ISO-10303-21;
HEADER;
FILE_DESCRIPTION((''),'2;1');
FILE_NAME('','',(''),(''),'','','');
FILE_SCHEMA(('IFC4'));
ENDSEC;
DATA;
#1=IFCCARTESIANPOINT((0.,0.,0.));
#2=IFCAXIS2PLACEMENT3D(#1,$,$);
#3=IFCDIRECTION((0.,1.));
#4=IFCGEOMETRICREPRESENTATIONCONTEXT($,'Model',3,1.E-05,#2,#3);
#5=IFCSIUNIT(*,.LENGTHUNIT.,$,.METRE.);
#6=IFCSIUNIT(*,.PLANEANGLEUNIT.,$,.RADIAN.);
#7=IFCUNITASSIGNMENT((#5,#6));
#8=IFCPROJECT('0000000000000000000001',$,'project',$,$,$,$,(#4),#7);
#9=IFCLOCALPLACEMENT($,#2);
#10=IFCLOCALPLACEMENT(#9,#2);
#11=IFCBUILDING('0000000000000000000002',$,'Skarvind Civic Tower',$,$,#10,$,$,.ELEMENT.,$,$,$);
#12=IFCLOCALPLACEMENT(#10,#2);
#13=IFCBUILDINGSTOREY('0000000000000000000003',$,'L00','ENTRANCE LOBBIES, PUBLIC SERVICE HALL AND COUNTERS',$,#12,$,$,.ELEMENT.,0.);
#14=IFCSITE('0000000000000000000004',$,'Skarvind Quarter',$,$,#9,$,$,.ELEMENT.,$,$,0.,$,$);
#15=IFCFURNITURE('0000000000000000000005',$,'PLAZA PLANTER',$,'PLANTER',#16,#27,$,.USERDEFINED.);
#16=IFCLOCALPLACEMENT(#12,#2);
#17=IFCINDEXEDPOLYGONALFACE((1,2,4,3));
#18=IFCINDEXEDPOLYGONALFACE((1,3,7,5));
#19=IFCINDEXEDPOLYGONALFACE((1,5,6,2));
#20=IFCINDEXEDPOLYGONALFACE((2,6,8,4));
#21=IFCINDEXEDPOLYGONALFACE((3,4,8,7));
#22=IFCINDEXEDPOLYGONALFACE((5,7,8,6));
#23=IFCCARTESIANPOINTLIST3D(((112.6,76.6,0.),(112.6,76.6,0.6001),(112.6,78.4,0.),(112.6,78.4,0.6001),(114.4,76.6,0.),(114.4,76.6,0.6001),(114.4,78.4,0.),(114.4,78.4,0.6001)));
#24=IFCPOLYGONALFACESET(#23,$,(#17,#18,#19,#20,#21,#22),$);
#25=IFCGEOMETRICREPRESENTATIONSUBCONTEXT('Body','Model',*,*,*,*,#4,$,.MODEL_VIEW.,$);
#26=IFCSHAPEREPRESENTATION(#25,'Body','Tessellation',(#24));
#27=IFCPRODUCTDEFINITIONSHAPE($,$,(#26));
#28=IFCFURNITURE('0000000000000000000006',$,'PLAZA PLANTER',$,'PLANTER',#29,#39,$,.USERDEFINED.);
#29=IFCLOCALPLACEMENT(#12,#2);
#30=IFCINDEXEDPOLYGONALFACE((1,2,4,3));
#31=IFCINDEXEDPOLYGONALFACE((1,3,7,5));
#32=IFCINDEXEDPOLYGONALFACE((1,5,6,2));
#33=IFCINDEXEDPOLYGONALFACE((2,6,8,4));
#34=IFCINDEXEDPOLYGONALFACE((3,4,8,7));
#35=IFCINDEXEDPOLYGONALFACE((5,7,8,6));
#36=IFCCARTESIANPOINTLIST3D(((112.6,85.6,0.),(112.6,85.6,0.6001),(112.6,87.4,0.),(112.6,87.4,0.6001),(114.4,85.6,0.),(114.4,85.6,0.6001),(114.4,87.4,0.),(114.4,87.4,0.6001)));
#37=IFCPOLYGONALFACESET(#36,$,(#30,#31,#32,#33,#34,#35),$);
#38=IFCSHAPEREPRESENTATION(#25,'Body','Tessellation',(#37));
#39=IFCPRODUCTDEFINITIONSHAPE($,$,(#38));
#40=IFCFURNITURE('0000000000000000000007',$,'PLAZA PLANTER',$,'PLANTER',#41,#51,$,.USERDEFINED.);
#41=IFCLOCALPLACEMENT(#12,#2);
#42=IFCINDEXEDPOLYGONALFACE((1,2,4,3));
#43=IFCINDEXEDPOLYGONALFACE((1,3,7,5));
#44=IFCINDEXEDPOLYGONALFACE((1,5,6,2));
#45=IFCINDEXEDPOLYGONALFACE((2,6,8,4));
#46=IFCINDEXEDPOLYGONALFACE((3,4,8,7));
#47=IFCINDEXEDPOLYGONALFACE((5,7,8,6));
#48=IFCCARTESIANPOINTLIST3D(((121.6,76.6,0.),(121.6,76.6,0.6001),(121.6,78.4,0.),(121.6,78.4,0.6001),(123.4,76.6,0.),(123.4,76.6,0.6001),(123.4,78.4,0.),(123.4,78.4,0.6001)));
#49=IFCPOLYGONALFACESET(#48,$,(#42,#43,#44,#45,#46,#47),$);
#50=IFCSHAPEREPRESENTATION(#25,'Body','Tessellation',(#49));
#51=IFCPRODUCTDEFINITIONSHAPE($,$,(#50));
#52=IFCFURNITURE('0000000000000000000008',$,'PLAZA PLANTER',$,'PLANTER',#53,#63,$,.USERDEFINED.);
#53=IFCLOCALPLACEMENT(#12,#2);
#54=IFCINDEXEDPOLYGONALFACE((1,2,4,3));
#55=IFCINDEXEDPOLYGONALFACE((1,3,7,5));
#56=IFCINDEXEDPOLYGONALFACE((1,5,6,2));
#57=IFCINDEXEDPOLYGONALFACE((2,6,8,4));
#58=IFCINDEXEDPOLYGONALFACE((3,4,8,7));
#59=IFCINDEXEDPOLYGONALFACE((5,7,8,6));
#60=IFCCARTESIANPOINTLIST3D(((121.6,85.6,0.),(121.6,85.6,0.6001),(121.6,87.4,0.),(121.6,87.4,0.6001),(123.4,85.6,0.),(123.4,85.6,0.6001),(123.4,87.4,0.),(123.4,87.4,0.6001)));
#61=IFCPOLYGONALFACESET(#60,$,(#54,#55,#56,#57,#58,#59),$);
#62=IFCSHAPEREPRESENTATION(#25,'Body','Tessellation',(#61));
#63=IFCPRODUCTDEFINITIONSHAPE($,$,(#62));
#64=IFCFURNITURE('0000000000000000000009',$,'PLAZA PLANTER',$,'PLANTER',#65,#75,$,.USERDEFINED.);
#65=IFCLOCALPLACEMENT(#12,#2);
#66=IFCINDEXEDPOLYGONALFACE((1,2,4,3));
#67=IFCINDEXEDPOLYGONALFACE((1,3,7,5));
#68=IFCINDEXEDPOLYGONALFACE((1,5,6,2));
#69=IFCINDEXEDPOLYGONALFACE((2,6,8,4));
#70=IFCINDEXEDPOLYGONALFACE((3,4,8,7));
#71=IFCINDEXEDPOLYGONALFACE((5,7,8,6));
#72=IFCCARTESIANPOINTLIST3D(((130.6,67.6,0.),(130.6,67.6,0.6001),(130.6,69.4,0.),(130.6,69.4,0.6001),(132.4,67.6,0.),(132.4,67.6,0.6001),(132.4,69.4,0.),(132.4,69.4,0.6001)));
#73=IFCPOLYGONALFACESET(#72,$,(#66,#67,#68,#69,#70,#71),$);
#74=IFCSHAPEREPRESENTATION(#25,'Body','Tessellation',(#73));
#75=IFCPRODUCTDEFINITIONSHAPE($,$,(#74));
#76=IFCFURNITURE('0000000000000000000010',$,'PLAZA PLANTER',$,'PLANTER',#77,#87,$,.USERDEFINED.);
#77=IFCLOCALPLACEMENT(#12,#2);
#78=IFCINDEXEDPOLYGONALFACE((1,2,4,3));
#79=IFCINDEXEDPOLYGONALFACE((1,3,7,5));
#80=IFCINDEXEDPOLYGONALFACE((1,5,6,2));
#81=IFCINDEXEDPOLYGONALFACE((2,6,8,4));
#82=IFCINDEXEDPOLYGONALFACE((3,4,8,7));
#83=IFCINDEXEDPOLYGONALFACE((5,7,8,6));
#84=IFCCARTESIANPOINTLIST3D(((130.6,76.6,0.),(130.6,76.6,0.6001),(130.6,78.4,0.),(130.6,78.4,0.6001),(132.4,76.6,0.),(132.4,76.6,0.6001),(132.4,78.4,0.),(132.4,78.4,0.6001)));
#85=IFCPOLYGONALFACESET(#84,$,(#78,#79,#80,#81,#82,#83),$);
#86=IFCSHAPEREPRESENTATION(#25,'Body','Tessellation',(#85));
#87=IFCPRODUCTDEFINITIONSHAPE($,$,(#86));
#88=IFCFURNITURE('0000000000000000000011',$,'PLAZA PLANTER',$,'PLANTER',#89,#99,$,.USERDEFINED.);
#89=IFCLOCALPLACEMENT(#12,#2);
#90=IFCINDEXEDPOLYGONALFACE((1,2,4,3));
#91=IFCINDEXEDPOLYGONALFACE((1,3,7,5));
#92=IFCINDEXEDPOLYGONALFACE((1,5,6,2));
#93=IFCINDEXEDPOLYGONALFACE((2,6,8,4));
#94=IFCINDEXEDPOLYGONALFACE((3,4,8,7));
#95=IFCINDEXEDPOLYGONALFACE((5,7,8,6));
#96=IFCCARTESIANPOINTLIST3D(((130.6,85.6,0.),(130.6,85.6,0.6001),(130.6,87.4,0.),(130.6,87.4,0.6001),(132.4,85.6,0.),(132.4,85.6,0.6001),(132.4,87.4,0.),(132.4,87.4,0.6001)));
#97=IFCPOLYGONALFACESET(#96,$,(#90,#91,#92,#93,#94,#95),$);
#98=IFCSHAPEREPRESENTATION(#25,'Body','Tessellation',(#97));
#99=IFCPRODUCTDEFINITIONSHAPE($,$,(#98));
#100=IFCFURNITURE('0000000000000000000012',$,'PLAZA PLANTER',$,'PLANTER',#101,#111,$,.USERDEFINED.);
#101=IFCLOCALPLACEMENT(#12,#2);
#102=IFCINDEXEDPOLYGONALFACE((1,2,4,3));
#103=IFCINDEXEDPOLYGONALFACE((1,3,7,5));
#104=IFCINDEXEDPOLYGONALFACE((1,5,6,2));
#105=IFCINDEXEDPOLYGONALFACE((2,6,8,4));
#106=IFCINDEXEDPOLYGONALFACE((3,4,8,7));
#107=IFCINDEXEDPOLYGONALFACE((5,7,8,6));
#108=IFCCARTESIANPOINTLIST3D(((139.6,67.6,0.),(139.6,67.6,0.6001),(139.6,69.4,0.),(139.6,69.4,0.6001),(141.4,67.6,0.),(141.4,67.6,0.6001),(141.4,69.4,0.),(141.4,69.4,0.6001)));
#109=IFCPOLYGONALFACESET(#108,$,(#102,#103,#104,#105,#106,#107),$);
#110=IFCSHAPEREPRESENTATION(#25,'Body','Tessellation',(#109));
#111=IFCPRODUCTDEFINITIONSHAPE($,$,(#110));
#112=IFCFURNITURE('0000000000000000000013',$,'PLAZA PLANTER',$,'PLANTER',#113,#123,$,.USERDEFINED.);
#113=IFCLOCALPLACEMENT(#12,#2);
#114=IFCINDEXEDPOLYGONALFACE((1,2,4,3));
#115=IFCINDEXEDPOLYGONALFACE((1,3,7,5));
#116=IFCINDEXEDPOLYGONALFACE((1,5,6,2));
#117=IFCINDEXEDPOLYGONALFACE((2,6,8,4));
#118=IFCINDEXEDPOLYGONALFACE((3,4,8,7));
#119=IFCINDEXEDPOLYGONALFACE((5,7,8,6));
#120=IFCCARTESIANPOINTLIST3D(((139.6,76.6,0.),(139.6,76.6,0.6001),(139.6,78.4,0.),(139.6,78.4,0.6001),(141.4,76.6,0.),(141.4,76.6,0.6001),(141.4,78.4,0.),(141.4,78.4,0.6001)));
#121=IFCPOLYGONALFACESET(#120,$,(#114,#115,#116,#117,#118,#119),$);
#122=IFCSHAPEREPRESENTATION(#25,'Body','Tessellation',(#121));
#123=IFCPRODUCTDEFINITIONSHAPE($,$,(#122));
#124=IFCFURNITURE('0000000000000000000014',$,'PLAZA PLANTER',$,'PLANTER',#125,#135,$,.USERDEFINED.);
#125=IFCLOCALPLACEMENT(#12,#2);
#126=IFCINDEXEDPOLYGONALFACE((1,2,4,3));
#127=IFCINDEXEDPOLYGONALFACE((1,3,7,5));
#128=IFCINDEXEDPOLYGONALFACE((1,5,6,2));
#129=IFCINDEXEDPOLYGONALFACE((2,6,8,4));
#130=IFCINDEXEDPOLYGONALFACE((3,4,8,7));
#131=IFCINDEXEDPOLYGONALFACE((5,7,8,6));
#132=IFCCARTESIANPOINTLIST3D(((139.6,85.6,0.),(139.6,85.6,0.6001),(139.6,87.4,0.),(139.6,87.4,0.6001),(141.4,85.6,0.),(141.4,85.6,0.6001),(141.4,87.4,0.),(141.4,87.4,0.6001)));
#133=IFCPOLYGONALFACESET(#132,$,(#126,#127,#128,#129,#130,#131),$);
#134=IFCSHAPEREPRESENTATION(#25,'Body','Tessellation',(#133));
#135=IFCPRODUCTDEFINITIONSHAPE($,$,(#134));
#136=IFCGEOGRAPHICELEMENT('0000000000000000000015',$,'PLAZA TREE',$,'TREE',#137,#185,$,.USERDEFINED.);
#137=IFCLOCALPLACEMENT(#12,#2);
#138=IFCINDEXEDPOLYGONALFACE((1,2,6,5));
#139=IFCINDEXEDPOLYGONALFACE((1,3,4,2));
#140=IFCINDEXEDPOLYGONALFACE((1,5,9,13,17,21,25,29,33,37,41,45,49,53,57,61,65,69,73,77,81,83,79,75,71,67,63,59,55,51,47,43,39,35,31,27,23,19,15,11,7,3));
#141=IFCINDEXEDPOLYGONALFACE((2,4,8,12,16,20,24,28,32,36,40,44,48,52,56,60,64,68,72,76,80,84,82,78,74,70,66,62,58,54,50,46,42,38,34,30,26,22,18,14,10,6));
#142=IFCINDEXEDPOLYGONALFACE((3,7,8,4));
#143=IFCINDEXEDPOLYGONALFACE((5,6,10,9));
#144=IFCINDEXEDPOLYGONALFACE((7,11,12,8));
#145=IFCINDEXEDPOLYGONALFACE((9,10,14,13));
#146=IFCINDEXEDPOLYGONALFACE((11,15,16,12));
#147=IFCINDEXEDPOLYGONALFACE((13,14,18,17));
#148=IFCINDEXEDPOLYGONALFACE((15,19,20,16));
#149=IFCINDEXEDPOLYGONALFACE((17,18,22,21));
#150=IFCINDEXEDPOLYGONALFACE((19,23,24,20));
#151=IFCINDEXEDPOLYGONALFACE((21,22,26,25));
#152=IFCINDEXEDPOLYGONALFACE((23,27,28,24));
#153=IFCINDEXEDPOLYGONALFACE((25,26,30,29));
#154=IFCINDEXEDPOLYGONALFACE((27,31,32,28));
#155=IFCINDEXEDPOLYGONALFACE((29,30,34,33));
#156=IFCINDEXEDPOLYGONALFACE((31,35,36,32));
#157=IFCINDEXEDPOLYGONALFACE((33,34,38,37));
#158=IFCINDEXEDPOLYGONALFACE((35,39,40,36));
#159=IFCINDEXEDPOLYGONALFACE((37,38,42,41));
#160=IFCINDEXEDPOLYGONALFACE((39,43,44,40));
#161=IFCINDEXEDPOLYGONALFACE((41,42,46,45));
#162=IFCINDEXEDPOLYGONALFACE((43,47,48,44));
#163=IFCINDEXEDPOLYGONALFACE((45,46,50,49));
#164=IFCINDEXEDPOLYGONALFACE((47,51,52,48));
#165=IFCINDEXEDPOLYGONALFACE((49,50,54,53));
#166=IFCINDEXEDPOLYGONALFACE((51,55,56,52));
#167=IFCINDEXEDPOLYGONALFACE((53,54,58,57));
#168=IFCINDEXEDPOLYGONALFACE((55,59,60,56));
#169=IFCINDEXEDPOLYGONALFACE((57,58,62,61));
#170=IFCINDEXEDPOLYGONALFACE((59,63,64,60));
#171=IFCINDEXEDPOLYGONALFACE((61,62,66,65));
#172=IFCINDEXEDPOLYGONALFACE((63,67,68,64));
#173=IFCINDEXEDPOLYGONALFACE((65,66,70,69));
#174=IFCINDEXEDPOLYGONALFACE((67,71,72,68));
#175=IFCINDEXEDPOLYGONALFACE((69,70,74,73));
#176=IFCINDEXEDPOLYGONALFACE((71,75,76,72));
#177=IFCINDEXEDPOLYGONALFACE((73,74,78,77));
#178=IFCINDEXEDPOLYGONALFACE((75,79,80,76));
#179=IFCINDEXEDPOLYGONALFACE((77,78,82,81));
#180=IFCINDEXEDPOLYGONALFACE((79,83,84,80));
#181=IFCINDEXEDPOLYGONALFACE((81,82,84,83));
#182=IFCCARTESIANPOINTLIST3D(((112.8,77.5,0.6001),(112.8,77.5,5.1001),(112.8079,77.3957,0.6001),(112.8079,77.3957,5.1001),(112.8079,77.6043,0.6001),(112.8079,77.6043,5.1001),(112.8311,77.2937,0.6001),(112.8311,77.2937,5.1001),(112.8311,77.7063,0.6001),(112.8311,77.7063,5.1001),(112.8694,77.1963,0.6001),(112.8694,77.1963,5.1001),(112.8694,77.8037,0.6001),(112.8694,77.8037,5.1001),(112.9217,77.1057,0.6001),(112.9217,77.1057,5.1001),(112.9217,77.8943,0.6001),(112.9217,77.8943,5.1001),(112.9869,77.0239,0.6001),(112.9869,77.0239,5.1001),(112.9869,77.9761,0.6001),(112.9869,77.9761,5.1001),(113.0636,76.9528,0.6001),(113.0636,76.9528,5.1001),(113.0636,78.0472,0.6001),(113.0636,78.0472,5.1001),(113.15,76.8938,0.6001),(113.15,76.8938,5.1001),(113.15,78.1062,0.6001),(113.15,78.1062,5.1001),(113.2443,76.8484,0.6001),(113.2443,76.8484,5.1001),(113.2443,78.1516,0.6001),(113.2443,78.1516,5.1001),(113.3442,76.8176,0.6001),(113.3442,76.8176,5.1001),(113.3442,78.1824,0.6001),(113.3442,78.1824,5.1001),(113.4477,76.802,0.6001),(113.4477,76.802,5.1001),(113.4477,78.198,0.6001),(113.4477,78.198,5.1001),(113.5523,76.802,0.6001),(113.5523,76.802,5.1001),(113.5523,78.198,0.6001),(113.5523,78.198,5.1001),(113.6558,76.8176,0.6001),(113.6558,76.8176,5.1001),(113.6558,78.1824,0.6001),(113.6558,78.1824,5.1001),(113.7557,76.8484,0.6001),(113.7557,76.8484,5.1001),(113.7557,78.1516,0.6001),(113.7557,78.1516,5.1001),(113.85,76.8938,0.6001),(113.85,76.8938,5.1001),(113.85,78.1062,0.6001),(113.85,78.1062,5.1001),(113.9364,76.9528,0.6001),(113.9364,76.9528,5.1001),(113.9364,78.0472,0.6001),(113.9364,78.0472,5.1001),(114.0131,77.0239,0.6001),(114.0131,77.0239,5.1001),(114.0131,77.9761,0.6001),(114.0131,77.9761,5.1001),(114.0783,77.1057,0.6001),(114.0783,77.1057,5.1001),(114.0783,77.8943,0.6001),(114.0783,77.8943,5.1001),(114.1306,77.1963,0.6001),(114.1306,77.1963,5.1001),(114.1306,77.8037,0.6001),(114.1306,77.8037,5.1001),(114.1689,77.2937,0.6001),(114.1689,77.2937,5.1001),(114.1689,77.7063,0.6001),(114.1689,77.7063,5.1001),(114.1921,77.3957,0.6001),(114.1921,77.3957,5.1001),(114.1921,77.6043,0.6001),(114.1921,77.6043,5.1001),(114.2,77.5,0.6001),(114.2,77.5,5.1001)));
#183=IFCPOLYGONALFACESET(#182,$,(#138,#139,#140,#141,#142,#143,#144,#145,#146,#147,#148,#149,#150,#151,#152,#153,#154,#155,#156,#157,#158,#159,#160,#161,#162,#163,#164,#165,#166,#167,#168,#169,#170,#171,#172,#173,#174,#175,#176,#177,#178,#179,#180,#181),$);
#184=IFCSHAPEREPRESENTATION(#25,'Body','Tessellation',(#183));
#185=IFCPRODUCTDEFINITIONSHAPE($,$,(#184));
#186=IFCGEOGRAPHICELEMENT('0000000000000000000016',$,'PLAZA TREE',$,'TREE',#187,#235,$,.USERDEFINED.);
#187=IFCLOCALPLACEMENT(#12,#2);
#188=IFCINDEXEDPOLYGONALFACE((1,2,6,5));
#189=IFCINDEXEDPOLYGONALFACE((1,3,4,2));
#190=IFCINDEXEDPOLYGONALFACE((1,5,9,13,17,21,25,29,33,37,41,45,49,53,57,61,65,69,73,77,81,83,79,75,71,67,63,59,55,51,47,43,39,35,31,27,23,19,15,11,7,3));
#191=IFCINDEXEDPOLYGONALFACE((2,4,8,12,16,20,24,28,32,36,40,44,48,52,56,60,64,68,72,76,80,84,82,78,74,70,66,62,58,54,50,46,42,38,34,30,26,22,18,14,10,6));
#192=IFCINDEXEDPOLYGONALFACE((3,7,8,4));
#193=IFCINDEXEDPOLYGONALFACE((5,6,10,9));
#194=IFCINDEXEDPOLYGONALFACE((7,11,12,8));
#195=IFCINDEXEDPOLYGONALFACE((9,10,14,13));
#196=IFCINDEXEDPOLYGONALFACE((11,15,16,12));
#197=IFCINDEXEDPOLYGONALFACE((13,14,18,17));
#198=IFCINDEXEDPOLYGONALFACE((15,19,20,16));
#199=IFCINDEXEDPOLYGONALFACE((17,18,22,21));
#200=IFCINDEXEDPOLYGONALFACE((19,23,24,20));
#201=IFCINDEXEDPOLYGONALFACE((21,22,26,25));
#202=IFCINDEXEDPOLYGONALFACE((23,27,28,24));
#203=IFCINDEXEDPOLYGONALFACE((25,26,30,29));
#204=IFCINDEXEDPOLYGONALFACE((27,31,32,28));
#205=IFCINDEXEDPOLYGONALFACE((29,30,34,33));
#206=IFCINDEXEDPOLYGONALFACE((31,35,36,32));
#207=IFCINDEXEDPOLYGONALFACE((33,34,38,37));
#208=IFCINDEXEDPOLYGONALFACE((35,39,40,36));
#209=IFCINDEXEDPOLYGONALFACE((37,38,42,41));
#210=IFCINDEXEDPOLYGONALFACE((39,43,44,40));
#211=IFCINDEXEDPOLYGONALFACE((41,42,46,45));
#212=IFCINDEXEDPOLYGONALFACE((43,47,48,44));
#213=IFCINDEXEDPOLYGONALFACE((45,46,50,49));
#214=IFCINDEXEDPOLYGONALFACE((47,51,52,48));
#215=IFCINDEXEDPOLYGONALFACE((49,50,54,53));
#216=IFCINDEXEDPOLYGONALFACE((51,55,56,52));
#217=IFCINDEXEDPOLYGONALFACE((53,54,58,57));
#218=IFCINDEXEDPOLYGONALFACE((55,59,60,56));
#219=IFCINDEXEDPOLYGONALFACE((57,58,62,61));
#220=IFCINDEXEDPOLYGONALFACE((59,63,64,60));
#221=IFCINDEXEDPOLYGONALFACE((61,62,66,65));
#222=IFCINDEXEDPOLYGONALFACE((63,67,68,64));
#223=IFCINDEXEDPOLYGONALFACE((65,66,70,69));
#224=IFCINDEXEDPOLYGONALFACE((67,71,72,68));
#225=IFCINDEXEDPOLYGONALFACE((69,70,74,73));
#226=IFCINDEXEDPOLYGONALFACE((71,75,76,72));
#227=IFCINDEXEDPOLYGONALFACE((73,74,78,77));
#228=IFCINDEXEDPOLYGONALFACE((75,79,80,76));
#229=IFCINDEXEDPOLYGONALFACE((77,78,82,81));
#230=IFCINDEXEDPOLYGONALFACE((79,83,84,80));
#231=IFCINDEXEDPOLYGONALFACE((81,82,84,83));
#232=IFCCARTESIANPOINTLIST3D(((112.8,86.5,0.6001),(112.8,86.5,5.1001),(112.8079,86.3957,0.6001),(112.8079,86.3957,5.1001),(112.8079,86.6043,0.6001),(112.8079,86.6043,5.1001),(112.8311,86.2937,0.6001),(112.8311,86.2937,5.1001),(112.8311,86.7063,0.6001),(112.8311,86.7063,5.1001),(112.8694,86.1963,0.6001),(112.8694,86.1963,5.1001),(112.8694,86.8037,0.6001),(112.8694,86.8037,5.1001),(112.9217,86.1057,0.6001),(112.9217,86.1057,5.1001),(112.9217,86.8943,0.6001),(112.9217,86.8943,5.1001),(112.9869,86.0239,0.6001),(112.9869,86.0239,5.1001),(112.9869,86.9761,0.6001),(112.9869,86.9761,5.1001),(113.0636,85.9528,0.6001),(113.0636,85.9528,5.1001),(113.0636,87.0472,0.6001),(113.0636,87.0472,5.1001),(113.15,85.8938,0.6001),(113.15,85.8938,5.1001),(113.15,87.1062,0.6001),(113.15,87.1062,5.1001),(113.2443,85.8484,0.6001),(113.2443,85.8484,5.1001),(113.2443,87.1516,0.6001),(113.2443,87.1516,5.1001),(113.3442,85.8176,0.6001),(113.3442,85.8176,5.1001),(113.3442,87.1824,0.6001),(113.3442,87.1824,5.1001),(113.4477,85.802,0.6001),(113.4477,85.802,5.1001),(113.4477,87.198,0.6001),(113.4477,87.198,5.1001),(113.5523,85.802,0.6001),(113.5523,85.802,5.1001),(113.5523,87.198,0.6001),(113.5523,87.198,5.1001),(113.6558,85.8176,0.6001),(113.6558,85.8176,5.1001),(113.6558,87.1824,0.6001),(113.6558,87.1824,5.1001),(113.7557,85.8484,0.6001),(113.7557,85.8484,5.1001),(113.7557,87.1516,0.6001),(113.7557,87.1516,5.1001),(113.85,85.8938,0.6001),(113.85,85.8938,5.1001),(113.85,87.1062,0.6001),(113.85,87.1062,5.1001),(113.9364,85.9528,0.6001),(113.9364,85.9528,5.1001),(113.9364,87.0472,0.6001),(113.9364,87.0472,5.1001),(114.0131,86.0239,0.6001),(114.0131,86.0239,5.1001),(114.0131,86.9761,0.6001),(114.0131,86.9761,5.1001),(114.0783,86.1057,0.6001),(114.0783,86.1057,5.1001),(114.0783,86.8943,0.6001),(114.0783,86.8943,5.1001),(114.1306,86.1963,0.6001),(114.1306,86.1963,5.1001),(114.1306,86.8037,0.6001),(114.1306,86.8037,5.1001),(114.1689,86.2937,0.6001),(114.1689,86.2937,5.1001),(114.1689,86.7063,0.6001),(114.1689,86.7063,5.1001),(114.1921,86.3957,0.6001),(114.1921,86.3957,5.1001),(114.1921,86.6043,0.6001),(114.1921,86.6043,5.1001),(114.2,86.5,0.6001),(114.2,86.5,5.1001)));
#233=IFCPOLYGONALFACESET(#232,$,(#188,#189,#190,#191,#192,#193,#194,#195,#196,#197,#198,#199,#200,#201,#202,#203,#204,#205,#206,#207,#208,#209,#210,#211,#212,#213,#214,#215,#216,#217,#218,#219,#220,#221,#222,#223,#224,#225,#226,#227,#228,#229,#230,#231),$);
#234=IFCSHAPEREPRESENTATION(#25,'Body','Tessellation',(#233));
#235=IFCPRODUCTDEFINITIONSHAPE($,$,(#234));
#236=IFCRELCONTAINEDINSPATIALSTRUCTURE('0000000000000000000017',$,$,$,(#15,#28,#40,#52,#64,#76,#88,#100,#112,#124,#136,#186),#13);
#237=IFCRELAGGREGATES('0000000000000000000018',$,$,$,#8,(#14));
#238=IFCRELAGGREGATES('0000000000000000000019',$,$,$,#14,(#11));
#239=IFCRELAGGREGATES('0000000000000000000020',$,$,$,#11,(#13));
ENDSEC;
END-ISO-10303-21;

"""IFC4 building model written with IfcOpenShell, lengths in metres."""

from ifc_helpers import new_model, si_unit, direction, frame, origin, origin_2d, place, context, subcontext, project, spatial, rectangle, circle, extrude, element, save


model = new_model("IFC4")

# Units and contexts
model_context = context("Model", 3, precision=1e-05, world=origin(), true_north=direction((0.0, 1.0)))
body_context = subcontext(model_context, "Body", "Model", "MODEL_VIEW")
ifc_project = project(units=[si_unit("LENGTHUNIT", "METRE"), si_unit("PLANEANGLEUNIT", "RADIAN")], contexts=[model_context])

# Site, building, storey
site_placement = place(None, origin())
site = spatial("IfcSite", under=ifc_project, at=site_placement, Name="Skarvind Quarter", CompositionType="ELEMENT", RefElevation=0.0)
building_placement = place(site_placement, origin())
building = spatial("IfcBuilding", under=site, at=building_placement, Name="Skarvind Civic Tower", CompositionType="ELEMENT")
storey_placement = place(building_placement, origin())
storey = spatial("IfcBuildingStorey", under=building, at=storey_placement, Name="L00", Description="ENTRANCE LOBBIES, PUBLIC SERVICE HALL AND COUNTERS", CompositionType="ELEMENT", Elevation=0.0)

# Furniture
for number, where, z_axis, x_axis, name in (
    (1, (113.5, 77.5, 0.0), (0.0, 0.0, 1.0), (1.0, 0.0, 0.0), "PLAZA PLANTER"),
    (2, (113.5, 86.5, 0.0), (0.0, 0.0, 1.0), (1.0, 0.0, 0.0), "PLAZA PLANTER"),
    (3, (122.5, 77.5, 0.0), (0.0, 0.0, 1.0), (1.0, 0.0, 0.0), "PLAZA PLANTER"),
    (4, (122.5, 86.5, 0.0), (0.0, 0.0, 1.0), (1.0, 0.0, 0.0), "PLAZA PLANTER"),
    (5, (131.5, 68.5, 0.0), (0.0, 0.0, 1.0), (1.0, 0.0, 0.0), "PLAZA PLANTER"),
    (6, (131.5, 77.5, 0.0), (0.0, 0.0, 1.0), (1.0, 0.0, 0.0), "PLAZA PLANTER"),
    (7, (131.5, 86.5, 0.0), (0.0, 0.0, 1.0), (1.0, 0.0, 0.0), "PLAZA PLANTER"),
    (8, (140.5, 68.5, 0.0), (0.0, 0.0, 1.0), (1.0, 0.0, 0.0), "PLAZA PLANTER"),
    (9, (140.5, 77.5, 0.0), (0.0, 0.0, 1.0), (1.0, 0.0, 0.0), "PLAZA PLANTER"),
    (10, (140.5, 86.5, 0.0), (0.0, 0.0, 1.0), (1.0, 0.0, 0.0), "PLAZA PLANTER"),
):
    element("IfcFurniture", number, at=place(storey_placement, frame(where, z_axis=z_axis, x_axis=x_axis)), inside=storey, Name=name, ObjectType="PLANTER", PredefinedType="USERDEFINED", context=body_context, shape_type="SweptSolid", body=[
        extrude(rectangle(XDim=1.8, YDim=1.8, at=origin_2d()), origin(), (0.0, 0.0, 1.0), 0.6001),
    ])

# Geographic elements
for number, where, z_axis, x_axis, name in (
    (11, (113.5, 77.5, 0.6001), (0.0, 0.0, 1.0), (1.0, 0.0, 0.0), "PLAZA TREE"),
    (12, (113.5, 86.5, 0.6001), (0.0, 0.0, 1.0), (1.0, 0.0, 0.0), "PLAZA TREE"),
):
    element("IfcGeographicElement", number, at=place(storey_placement, frame(where, z_axis=z_axis, x_axis=x_axis)), inside=storey, Name=name, ObjectType="TREE", PredefinedType="USERDEFINED", context=body_context, shape_type="SweptSolid", body=[
        extrude(circle(Radius=0.7, at=origin_2d()), origin(), (0.0, 0.0, 1.0), 4.5),
    ])

save(model, "model.ifc")
